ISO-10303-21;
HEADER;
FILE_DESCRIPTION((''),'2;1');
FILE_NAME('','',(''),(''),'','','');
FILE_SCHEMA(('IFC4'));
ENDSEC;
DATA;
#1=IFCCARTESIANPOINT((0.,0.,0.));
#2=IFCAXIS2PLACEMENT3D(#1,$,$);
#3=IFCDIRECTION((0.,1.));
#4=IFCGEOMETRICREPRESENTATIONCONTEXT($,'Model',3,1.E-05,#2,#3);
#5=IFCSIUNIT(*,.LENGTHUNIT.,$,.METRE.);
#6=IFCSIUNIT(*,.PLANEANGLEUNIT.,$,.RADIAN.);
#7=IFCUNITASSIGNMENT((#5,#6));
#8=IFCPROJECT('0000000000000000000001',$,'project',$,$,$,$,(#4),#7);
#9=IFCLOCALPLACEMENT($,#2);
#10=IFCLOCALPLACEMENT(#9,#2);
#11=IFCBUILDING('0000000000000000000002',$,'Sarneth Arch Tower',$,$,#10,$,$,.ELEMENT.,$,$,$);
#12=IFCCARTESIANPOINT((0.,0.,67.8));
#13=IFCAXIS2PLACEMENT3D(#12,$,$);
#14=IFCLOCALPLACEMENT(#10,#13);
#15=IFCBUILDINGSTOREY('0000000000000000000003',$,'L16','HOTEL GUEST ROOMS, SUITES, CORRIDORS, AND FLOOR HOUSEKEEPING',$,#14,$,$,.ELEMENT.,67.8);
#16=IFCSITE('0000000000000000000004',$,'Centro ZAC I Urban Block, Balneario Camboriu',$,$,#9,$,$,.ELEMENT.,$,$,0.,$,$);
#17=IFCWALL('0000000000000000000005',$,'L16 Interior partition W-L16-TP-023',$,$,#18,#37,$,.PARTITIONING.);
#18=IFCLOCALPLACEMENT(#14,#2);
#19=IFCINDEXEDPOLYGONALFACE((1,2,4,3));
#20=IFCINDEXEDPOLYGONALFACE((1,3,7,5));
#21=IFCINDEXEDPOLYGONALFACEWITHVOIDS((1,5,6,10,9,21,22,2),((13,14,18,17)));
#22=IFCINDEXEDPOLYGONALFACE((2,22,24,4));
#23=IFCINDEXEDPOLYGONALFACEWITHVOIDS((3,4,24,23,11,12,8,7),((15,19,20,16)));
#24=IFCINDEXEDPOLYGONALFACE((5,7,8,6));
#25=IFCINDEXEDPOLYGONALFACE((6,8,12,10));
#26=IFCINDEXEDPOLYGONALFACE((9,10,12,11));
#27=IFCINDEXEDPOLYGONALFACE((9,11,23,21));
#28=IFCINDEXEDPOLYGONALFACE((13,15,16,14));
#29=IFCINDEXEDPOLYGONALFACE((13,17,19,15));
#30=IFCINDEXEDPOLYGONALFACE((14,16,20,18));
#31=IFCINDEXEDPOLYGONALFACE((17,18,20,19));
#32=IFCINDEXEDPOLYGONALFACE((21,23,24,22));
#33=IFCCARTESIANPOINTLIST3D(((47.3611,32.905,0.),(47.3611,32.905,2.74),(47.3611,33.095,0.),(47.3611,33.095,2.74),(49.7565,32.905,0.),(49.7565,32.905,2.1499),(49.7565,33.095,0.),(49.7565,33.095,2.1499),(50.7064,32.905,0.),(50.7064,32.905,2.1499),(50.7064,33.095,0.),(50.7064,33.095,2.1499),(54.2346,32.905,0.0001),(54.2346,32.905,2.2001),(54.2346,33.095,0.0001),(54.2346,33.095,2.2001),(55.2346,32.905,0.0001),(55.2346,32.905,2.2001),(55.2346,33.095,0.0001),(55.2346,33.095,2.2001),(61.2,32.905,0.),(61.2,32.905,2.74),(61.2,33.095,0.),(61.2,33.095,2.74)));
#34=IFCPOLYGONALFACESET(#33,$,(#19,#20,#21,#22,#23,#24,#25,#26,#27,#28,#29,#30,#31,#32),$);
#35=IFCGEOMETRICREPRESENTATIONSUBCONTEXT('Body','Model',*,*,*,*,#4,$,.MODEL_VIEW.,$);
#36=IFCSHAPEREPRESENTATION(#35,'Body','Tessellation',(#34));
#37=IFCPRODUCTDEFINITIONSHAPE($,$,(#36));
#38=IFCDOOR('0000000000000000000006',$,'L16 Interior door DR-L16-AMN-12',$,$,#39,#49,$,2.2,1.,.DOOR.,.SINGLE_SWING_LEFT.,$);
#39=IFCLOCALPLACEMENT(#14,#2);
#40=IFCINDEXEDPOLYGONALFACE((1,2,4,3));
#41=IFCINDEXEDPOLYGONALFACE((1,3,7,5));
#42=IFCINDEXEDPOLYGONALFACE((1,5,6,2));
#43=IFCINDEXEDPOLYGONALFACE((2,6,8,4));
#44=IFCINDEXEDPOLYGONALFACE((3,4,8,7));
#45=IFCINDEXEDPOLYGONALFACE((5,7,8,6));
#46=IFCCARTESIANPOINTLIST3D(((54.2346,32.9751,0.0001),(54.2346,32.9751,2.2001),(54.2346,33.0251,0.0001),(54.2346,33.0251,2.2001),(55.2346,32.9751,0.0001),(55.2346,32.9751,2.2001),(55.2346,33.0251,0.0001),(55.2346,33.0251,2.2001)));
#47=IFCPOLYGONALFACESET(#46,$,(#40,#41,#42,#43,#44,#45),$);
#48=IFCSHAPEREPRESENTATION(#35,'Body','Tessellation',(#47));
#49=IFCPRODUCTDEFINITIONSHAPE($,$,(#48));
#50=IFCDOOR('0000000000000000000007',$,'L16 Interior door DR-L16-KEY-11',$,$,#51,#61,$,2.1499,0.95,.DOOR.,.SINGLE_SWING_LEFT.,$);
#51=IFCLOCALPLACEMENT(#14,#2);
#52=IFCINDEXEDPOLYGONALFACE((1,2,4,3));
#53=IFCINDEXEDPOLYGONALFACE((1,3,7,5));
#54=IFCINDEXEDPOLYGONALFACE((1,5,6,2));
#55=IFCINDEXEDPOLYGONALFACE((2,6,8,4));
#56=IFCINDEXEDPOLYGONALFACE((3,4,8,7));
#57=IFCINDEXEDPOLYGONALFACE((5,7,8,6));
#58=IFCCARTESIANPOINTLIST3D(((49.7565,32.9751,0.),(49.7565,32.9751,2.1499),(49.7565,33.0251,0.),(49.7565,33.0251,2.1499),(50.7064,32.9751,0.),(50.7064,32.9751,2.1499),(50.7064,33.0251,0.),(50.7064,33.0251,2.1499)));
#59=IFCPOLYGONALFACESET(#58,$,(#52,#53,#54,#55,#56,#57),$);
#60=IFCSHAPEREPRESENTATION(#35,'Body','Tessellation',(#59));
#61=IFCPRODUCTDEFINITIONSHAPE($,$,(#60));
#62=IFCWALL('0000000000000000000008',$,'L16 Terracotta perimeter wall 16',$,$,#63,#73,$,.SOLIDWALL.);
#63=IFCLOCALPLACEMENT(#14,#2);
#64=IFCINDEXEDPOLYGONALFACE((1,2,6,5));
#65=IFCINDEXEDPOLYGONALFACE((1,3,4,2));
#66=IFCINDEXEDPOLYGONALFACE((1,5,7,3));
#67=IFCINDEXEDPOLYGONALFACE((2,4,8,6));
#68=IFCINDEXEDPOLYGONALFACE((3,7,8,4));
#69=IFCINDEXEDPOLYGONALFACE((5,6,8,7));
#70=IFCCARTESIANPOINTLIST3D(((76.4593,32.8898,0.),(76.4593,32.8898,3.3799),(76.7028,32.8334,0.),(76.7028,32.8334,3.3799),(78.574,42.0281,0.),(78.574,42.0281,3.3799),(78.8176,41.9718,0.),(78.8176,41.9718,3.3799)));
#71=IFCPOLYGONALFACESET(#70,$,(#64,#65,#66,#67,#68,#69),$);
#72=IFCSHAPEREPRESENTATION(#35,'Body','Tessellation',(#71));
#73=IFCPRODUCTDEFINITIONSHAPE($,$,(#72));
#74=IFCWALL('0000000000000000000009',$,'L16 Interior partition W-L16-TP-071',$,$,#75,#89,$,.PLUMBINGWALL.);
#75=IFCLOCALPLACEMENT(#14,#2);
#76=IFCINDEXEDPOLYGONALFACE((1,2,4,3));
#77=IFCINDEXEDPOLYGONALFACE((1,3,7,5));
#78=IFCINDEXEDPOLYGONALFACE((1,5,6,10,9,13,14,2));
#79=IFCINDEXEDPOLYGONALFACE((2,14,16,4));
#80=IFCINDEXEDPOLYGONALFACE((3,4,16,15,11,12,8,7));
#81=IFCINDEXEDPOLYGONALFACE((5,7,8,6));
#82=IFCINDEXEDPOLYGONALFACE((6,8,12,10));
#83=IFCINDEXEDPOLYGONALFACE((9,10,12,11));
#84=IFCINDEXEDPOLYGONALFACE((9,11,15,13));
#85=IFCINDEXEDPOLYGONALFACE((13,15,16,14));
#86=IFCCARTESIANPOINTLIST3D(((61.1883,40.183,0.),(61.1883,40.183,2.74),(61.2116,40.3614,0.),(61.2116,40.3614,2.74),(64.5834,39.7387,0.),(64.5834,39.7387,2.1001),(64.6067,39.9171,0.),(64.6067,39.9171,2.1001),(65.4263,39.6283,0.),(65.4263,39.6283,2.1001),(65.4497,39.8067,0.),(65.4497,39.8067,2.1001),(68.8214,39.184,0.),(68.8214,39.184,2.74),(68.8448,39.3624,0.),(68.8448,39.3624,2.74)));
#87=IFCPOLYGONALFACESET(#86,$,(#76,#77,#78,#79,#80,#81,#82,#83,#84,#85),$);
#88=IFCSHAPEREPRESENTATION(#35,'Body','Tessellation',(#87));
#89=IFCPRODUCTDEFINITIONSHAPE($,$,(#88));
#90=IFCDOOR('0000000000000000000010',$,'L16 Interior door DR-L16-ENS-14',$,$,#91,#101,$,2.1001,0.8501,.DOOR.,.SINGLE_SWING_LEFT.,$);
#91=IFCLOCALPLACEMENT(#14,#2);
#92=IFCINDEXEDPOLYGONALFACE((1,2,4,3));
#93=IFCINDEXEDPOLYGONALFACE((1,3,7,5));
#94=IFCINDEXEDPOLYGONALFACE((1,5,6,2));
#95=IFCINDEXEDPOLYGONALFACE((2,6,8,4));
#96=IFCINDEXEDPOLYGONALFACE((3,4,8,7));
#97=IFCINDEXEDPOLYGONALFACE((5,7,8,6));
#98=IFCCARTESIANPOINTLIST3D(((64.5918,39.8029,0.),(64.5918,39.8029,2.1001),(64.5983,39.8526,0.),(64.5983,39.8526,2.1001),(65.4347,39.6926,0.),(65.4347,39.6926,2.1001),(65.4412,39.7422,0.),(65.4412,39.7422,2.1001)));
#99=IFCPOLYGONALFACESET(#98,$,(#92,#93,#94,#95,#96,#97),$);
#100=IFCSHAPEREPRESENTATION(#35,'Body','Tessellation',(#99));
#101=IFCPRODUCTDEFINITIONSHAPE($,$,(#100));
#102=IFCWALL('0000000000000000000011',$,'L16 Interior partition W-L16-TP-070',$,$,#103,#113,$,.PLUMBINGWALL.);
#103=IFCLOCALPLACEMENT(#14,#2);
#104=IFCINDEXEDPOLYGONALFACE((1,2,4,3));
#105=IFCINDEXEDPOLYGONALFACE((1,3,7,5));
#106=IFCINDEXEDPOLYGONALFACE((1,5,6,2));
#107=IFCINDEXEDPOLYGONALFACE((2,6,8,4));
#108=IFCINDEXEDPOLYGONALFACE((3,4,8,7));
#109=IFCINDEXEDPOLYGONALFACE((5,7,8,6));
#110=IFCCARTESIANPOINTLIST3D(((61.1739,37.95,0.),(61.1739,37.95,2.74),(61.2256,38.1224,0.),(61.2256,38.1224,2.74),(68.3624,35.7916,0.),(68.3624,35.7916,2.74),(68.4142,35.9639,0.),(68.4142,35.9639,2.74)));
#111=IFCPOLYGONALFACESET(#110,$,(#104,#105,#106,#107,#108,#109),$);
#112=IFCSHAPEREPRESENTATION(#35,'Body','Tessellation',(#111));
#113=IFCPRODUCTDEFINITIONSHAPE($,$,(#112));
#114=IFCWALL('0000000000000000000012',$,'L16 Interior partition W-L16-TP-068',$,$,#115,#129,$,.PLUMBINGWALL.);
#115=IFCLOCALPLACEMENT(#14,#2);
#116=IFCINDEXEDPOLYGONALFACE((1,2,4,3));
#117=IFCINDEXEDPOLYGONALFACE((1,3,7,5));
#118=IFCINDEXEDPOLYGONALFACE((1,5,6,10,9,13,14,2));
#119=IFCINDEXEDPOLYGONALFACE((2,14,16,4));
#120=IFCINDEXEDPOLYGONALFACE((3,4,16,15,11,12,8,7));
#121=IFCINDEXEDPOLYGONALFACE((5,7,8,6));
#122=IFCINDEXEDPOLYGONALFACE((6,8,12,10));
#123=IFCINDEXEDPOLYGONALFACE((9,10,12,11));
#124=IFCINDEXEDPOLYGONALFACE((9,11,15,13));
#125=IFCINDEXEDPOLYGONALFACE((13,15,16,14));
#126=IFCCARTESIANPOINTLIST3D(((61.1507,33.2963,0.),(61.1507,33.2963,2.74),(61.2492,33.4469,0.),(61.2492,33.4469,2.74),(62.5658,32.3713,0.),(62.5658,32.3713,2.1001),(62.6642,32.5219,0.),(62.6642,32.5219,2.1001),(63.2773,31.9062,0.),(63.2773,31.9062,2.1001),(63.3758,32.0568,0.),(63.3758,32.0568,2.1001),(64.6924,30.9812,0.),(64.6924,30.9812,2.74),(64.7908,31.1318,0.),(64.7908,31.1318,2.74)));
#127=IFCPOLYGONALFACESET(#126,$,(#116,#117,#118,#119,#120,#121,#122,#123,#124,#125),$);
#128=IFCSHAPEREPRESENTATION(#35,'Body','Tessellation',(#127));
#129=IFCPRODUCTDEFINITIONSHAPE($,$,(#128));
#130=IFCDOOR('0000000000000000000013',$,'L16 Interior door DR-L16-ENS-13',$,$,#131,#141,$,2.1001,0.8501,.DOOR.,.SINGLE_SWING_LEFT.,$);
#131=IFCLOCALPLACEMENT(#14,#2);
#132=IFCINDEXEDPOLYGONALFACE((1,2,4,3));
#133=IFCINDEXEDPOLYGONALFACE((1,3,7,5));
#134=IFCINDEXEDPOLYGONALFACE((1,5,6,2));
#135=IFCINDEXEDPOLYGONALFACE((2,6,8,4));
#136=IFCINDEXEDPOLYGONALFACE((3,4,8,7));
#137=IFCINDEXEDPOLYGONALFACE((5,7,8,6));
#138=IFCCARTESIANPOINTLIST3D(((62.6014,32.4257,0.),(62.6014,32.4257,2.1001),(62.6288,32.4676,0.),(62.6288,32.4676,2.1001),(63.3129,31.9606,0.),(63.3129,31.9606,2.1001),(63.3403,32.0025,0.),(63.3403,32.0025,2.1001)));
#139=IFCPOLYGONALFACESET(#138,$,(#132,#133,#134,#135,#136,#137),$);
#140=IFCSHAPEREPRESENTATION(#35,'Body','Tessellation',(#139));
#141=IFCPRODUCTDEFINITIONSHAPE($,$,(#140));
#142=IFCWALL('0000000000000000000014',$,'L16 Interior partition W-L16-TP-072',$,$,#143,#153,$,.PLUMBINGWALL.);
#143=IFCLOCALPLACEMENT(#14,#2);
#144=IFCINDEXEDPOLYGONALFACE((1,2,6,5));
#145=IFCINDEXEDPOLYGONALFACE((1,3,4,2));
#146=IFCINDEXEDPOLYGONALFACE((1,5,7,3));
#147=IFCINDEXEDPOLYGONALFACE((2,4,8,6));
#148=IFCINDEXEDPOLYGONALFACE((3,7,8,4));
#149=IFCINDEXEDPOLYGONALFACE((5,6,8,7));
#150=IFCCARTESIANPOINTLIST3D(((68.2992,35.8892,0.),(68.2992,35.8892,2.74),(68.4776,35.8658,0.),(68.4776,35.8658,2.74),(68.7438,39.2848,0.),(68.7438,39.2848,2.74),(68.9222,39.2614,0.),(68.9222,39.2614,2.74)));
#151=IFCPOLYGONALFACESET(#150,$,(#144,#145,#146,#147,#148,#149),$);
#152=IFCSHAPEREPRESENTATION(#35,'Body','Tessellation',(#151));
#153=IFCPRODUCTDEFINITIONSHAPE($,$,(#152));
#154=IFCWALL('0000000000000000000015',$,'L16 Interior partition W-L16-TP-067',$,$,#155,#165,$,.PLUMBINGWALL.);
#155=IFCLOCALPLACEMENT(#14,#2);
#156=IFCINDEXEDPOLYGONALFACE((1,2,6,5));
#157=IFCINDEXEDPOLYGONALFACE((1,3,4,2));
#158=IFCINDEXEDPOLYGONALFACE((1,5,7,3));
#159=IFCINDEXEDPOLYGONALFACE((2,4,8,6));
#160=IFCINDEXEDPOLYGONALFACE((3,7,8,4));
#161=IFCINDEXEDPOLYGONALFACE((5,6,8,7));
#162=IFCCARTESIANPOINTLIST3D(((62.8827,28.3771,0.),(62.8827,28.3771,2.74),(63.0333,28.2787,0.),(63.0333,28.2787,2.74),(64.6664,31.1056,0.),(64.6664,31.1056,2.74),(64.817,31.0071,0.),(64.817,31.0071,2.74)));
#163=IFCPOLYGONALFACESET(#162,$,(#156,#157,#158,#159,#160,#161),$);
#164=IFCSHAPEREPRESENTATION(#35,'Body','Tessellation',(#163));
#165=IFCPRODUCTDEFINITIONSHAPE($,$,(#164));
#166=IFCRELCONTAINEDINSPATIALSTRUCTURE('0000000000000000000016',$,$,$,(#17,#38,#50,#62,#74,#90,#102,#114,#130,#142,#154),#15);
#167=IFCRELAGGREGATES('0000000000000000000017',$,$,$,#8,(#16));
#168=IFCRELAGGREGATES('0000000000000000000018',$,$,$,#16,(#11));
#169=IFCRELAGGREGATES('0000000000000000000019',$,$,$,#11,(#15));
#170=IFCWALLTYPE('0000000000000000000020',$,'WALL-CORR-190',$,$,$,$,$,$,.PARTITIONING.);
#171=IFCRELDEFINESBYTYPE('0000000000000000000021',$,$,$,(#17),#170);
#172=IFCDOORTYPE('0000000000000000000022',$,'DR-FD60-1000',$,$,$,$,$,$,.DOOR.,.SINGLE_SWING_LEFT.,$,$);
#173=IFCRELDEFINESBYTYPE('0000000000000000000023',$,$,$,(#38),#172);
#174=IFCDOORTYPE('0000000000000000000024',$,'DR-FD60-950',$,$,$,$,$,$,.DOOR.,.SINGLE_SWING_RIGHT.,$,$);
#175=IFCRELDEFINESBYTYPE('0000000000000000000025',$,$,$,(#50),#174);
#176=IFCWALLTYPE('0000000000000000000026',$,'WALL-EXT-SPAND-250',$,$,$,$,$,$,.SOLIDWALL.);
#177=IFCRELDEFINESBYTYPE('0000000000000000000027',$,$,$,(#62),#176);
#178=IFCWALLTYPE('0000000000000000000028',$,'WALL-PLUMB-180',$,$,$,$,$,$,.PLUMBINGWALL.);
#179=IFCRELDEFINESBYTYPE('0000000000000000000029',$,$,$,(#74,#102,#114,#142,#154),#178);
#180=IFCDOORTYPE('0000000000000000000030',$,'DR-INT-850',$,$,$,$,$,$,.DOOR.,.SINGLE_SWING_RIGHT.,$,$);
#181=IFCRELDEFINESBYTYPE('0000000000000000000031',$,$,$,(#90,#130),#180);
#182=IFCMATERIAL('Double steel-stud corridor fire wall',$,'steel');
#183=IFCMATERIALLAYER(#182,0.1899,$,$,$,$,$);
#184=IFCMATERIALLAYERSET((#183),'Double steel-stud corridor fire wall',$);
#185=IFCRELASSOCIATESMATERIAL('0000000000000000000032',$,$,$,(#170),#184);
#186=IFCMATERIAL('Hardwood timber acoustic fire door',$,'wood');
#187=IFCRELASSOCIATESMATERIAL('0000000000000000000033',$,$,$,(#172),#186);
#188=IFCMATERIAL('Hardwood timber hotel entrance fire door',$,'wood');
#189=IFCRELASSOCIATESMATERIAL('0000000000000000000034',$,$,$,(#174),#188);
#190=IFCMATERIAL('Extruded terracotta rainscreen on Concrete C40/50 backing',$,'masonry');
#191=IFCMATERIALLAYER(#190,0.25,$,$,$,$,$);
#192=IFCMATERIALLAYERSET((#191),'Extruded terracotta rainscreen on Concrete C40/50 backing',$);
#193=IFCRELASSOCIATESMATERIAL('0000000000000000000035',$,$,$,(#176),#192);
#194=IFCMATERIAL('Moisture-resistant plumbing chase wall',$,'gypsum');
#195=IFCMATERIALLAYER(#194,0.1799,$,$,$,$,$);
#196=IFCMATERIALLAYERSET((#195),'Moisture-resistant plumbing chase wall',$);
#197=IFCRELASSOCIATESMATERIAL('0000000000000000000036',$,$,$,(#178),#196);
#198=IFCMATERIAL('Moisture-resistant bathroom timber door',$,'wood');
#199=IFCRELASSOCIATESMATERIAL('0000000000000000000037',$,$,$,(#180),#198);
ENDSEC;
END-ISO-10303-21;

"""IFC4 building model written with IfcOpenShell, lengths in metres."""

from ifc_helpers import new_model, si_unit, direction, frame, frame_2d, origin, place, context, subcontext, project, spatial, rectangle, extrude, material, layer, layer_set, type_object, element, fill, save


model = new_model("IFC4")

# Units and contexts
model_context = context("Model", 3, precision=1e-05, world=origin(), true_north=direction((0.0, 1.0)))
body_context = subcontext(model_context, "Body", "Model", "MODEL_VIEW")
ifc_project = project(units=[si_unit("LENGTHUNIT", "METRE"), si_unit("PLANEANGLEUNIT", "RADIAN")], contexts=[model_context])

# Site, building, storey
site_placement = place(None, origin())
site = spatial("IfcSite", under=ifc_project, at=site_placement, Name="Centro ZAC I Urban Block, Balneario Camboriu", CompositionType="ELEMENT", RefElevation=0.0)
building_placement = place(site_placement, origin())
building = spatial("IfcBuilding", under=site, at=building_placement, Name="Sarneth Arch Tower", CompositionType="ELEMENT")
storey_placement = place(building_placement, frame((0.0, 0.0, 67.8)))
storey = spatial("IfcBuildingStorey", under=building, at=storey_placement, Name="L16", Description="HOTEL GUEST ROOMS, SUITES, CORRIDORS, AND FLOOR HOUSEKEEPING", CompositionType="ELEMENT", Elevation=67.8)

# Wall, openings, doors
ifc_material_1 = material(Name="Double steel-stud corridor fire wall", Category="steel")
ifc_layer_1 = layer(ifc_material_1, 0.1899)
ifc_layer_set_1 = layer_set([ifc_layer_1], Name="Double steel-stud corridor fire wall")
wall_type_1 = type_object("IfcWallType", Name="WALL-CORR-190", PredefinedType="PARTITIONING", material=ifc_layer_set_1)
wall_1_placement = place(storey_placement, frame((61.2, 33.0, 0.0), z_axis=(0.0, 0.0, 1.0), x_axis=(-1.0, 0.0, 0.0)))
wall_1 = element("IfcWall", 1, at=wall_1_placement, inside=storey, type_object=wall_type_1, Name="L16 Interior partition W-L16-TP-023", PredefinedType="PARTITIONING", context=body_context, shape_type="SweptSolid", body=[
    extrude(rectangle(XDim=13.8389, YDim=0.1899, at=frame_2d((6.9194, 0.0))), origin(), (0.0, 0.0, 1.0), 2.74),
])
opening_1_placement = place(wall_1_placement, frame((5.9653, 0.0, 0.0)))
opening_1 = element("IfcOpeningElement", 2, at=opening_1_placement, cuts=wall_1, PredefinedType="OPENING", context=body_context, shape_type="SweptSolid", body=[
    extrude(rectangle(XDim=1.0, YDim=2.2, at=frame_2d((0.5, 1.1001))), frame((0.0, 0.105, 0.0), z_axis=(0.0, -1.0, 0.0), x_axis=(1.0, 0.0, 0.0)), (0.0, 0.0, 1.0), 0.21),
])
opening_2_placement = place(wall_1_placement, frame((10.4934, 0.0, 0.0)))
opening_2 = element("IfcOpeningElement", 3, at=opening_2_placement, cuts=wall_1, PredefinedType="OPENING", context=body_context, shape_type="SweptSolid", body=[
    extrude(rectangle(XDim=0.95, YDim=2.1499, at=frame_2d((0.4751, 1.075))), frame((0.0, 0.105, 0.0), z_axis=(0.0, -1.0, 0.0), x_axis=(1.0, 0.0, 0.0)), (0.0, 0.0, 1.0), 0.21),
])
ifc_material_2 = material(Name="Hardwood timber acoustic fire door", Category="wood")
door_type_1 = type_object("IfcDoorType", Name="DR-FD60-1000", OperationType="SINGLE_SWING_LEFT", PredefinedType="DOOR", material=ifc_material_2)
door_1_placement = place(opening_1_placement, origin())
door_1 = element("IfcDoor", 4, at=door_1_placement, inside=storey, type_object=door_type_1, Name="L16 Interior door DR-L16-AMN-12", OperationType="SINGLE_SWING_LEFT", OverallHeight=2.2, OverallWidth=1.0, PredefinedType="DOOR", context=body_context, shape_type="SweptSolid", body=[
    extrude(rectangle(XDim=1.0, YDim=2.2, at=frame_2d((0.5, 1.1001))), frame((0.0, 0.0249, 0.0), z_axis=(0.0, -1.0, 0.0), x_axis=(1.0, 0.0, 0.0)), (0.0, 0.0, 1.0), 0.05),
])
fill(opening_1, door_1)
ifc_material_3 = material(Name="Hardwood timber hotel entrance fire door", Category="wood")
door_type_2 = type_object("IfcDoorType", Name="DR-FD60-950", OperationType="SINGLE_SWING_RIGHT", PredefinedType="DOOR", material=ifc_material_3)
door_2_placement = place(opening_2_placement, origin())
door_2 = element("IfcDoor", 5, at=door_2_placement, inside=storey, type_object=door_type_2, Name="L16 Interior door DR-L16-KEY-11", OperationType="SINGLE_SWING_LEFT", OverallHeight=2.1499, OverallWidth=0.95, PredefinedType="DOOR", context=body_context, shape_type="SweptSolid", body=[
    extrude(rectangle(XDim=0.95, YDim=2.1499, at=frame_2d((0.4751, 1.075))), frame((0.0, 0.0249, 0.0), z_axis=(0.0, -1.0, 0.0), x_axis=(1.0, 0.0, 0.0)), (0.0, 0.0, 1.0), 0.05),
])
fill(opening_2, door_2)

# Wall
ifc_material_4 = material(Name="Extruded terracotta rainscreen on Concrete C40/50 backing", Category="masonry")
ifc_layer_2 = layer(ifc_material_4, 0.25)
ifc_layer_set_2 = layer_set([ifc_layer_2], Name="Extruded terracotta rainscreen on Concrete C40/50 backing")
wall_type_2 = type_object("IfcWallType", Name="WALL-EXT-SPAND-250", PredefinedType="SOLIDWALL", material=ifc_layer_set_2)
wall_2_placement = place(storey_placement, frame((76.5811, 32.8616, 0.0), z_axis=(0.0, 0.0, 1.0), x_axis=(0.225454, 0.974254, 0.0)))
element("IfcWall", 6, at=wall_2_placement, inside=storey, type_object=wall_type_2, Name="L16 Terracotta perimeter wall 16", PredefinedType="SOLIDWALL", context=body_context, shape_type="SweptSolid", body=[
    extrude(rectangle(XDim=9.3799, YDim=0.25, at=frame_2d((4.6899, 0.0))), origin(), (0.0, 0.0, 1.0), 3.3799),
])

# Wall, opening, door
ifc_material_5 = material(Name="Moisture-resistant plumbing chase wall", Category="gypsum")
ifc_layer_3 = layer(ifc_material_5, 0.1799)
ifc_layer_set_3 = layer_set([ifc_layer_3], Name="Moisture-resistant plumbing chase wall")
wall_type_3 = type_object("IfcWallType", Name="WALL-PLUMB-180", PredefinedType="PLUMBINGWALL", material=ifc_layer_set_3)
wall_3_placement = place(storey_placement, frame((61.2, 40.2722, 0.0), z_axis=(0.0, 0.0, 1.0), x_axis=(0.991544, -0.129774, 0.0)))
wall_3 = element("IfcWall", 7, at=wall_3_placement, inside=storey, type_object=wall_type_3, Name="L16 Interior partition W-L16-TP-071", PredefinedType="PLUMBINGWALL", context=body_context, shape_type="SweptSolid", body=[
    extrude(rectangle(XDim=7.6982, YDim=0.1799, at=frame_2d((3.8491, 0.0))), origin(), (0.0, 0.0, 1.0), 2.74),
])
opening_3_placement = place(wall_3_placement, frame((3.4241, 0.0, 0.0)))
opening_3 = element("IfcOpeningElement", 8, at=opening_3_placement, cuts=wall_3, PredefinedType="OPENING", context=body_context, shape_type="SweptSolid", body=[
    extrude(rectangle(XDim=0.8501, YDim=2.1001, at=frame_2d((0.425, 1.05))), frame((0.0, 0.0999, 0.0), z_axis=(0.0, -1.0, 0.0), x_axis=(1.0, 0.0, 0.0)), (0.0, 0.0, 1.0), 0.2),
])
ifc_material_6 = material(Name="Moisture-resistant bathroom timber door", Category="wood")
door_type_3 = type_object("IfcDoorType", Name="DR-INT-850", OperationType="SINGLE_SWING_RIGHT", PredefinedType="DOOR", material=ifc_material_6)
door_3_placement = place(opening_3_placement, origin())
door_3 = element("IfcDoor", 9, at=door_3_placement, inside=storey, type_object=door_type_3, Name="L16 Interior door DR-L16-ENS-14", OperationType="SINGLE_SWING_LEFT", OverallHeight=2.1001, OverallWidth=0.8501, PredefinedType="DOOR", context=body_context, shape_type="SweptSolid", body=[
    extrude(rectangle(XDim=0.8501, YDim=2.1001, at=frame_2d((0.425, 1.05))), frame((0.0, 0.0249, 0.0), z_axis=(0.0, -1.0, 0.0), x_axis=(1.0, 0.0, 0.0)), (0.0, 0.0, 1.0), 0.05),
])
fill(opening_3, door_3)

# Wall
wall_4_placement = place(storey_placement, frame((68.3884, 35.8777, 0.0), z_axis=(0.0, 0.0, 1.0), x_axis=(-0.957756, 0.287581, 0.0)))
element("IfcWall", 10, at=wall_4_placement, inside=storey, type_object=wall_type_3, Name="L16 Interior partition W-L16-TP-070", PredefinedType="PLUMBINGWALL", context=body_context, shape_type="SweptSolid", body=[
    extrude(rectangle(XDim=7.5056, YDim=0.1799, at=frame_2d((3.7529, 0.0))), origin(), (0.0, 0.0, 1.0), 2.74),
])

# Wall, opening, door
wall_5_placement = place(storey_placement, frame((64.7417, 31.0564, 0.0), z_axis=(0.0, 0.0, 1.0), x_axis=(-0.837032, 0.547155, 0.0)))
wall_5 = element("IfcWall", 11, at=wall_5_placement, inside=storey, type_object=wall_type_3, Name="L16 Interior partition W-L16-TP-068", PredefinedType="PLUMBINGWALL", context=body_context, shape_type="SweptSolid", body=[
    extrude(rectangle(XDim=4.2312, YDim=0.1799, at=frame_2d((2.1157, 0.0))), origin(), (0.0, 0.0, 1.0), 2.74),
])
opening_4_placement = place(wall_5_placement, frame((1.6907, 0.0, 0.0)))
opening_4 = element("IfcOpeningElement", 12, at=opening_4_placement, cuts=wall_5, PredefinedType="OPENING", context=body_context, shape_type="SweptSolid", body=[
    extrude(rectangle(XDim=0.8501, YDim=2.1001, at=frame_2d((0.425, 1.05))), frame((0.0, 0.0999, 0.0), z_axis=(0.0, -1.0, 0.0), x_axis=(1.0, 0.0, 0.0)), (0.0, 0.0, 1.0), 0.2),
])
door_4_placement = place(opening_4_placement, origin())
door_4 = element("IfcDoor", 13, at=door_4_placement, inside=storey, type_object=door_type_3, Name="L16 Interior door DR-L16-ENS-13", OperationType="SINGLE_SWING_LEFT", OverallHeight=2.1001, OverallWidth=0.8501, PredefinedType="DOOR", context=body_context, shape_type="SweptSolid", body=[
    extrude(rectangle(XDim=0.8501, YDim=2.1001, at=frame_2d((0.425, 1.05))), frame((0.0, 0.0249, 0.0), z_axis=(0.0, -1.0, 0.0), x_axis=(1.0, 0.0, 0.0)), (0.0, 0.0, 1.0), 0.05),
])
fill(opening_4, door_4)

# Walls
wall_6_placement = place(storey_placement, frame((68.833, 39.2732, 0.0), z_axis=(0.0, 0.0, 1.0), x_axis=(-0.129824, -0.991537, 0.0)))
element("IfcWall", 14, at=wall_6_placement, inside=storey, type_object=wall_type_3, Name="L16 Interior partition W-L16-TP-072", PredefinedType="PLUMBINGWALL", context=body_context, shape_type="SweptSolid", body=[
    extrude(rectangle(XDim=3.4246, YDim=0.1799, at=frame_2d((1.7124, 0.0))), origin(), (0.0, 0.0, 1.0), 2.74),
])
wall_7_placement = place(storey_placement, frame((62.958, 28.3279, 0.0), z_axis=(0.0, 0.0, 1.0), x_axis=(0.547177, 0.837017, 0.0)))
element("IfcWall", 15, at=wall_7_placement, inside=storey, type_object=wall_type_3, Name="L16 Interior partition W-L16-TP-067", PredefinedType="PLUMBINGWALL", context=body_context, shape_type="SweptSolid", body=[
    extrude(rectangle(XDim=3.2598, YDim=0.1799, at=frame_2d((1.6299, 0.0))), origin(), (0.0, 0.0, 1.0), 2.74),
])

save(model, "model.ifc")
